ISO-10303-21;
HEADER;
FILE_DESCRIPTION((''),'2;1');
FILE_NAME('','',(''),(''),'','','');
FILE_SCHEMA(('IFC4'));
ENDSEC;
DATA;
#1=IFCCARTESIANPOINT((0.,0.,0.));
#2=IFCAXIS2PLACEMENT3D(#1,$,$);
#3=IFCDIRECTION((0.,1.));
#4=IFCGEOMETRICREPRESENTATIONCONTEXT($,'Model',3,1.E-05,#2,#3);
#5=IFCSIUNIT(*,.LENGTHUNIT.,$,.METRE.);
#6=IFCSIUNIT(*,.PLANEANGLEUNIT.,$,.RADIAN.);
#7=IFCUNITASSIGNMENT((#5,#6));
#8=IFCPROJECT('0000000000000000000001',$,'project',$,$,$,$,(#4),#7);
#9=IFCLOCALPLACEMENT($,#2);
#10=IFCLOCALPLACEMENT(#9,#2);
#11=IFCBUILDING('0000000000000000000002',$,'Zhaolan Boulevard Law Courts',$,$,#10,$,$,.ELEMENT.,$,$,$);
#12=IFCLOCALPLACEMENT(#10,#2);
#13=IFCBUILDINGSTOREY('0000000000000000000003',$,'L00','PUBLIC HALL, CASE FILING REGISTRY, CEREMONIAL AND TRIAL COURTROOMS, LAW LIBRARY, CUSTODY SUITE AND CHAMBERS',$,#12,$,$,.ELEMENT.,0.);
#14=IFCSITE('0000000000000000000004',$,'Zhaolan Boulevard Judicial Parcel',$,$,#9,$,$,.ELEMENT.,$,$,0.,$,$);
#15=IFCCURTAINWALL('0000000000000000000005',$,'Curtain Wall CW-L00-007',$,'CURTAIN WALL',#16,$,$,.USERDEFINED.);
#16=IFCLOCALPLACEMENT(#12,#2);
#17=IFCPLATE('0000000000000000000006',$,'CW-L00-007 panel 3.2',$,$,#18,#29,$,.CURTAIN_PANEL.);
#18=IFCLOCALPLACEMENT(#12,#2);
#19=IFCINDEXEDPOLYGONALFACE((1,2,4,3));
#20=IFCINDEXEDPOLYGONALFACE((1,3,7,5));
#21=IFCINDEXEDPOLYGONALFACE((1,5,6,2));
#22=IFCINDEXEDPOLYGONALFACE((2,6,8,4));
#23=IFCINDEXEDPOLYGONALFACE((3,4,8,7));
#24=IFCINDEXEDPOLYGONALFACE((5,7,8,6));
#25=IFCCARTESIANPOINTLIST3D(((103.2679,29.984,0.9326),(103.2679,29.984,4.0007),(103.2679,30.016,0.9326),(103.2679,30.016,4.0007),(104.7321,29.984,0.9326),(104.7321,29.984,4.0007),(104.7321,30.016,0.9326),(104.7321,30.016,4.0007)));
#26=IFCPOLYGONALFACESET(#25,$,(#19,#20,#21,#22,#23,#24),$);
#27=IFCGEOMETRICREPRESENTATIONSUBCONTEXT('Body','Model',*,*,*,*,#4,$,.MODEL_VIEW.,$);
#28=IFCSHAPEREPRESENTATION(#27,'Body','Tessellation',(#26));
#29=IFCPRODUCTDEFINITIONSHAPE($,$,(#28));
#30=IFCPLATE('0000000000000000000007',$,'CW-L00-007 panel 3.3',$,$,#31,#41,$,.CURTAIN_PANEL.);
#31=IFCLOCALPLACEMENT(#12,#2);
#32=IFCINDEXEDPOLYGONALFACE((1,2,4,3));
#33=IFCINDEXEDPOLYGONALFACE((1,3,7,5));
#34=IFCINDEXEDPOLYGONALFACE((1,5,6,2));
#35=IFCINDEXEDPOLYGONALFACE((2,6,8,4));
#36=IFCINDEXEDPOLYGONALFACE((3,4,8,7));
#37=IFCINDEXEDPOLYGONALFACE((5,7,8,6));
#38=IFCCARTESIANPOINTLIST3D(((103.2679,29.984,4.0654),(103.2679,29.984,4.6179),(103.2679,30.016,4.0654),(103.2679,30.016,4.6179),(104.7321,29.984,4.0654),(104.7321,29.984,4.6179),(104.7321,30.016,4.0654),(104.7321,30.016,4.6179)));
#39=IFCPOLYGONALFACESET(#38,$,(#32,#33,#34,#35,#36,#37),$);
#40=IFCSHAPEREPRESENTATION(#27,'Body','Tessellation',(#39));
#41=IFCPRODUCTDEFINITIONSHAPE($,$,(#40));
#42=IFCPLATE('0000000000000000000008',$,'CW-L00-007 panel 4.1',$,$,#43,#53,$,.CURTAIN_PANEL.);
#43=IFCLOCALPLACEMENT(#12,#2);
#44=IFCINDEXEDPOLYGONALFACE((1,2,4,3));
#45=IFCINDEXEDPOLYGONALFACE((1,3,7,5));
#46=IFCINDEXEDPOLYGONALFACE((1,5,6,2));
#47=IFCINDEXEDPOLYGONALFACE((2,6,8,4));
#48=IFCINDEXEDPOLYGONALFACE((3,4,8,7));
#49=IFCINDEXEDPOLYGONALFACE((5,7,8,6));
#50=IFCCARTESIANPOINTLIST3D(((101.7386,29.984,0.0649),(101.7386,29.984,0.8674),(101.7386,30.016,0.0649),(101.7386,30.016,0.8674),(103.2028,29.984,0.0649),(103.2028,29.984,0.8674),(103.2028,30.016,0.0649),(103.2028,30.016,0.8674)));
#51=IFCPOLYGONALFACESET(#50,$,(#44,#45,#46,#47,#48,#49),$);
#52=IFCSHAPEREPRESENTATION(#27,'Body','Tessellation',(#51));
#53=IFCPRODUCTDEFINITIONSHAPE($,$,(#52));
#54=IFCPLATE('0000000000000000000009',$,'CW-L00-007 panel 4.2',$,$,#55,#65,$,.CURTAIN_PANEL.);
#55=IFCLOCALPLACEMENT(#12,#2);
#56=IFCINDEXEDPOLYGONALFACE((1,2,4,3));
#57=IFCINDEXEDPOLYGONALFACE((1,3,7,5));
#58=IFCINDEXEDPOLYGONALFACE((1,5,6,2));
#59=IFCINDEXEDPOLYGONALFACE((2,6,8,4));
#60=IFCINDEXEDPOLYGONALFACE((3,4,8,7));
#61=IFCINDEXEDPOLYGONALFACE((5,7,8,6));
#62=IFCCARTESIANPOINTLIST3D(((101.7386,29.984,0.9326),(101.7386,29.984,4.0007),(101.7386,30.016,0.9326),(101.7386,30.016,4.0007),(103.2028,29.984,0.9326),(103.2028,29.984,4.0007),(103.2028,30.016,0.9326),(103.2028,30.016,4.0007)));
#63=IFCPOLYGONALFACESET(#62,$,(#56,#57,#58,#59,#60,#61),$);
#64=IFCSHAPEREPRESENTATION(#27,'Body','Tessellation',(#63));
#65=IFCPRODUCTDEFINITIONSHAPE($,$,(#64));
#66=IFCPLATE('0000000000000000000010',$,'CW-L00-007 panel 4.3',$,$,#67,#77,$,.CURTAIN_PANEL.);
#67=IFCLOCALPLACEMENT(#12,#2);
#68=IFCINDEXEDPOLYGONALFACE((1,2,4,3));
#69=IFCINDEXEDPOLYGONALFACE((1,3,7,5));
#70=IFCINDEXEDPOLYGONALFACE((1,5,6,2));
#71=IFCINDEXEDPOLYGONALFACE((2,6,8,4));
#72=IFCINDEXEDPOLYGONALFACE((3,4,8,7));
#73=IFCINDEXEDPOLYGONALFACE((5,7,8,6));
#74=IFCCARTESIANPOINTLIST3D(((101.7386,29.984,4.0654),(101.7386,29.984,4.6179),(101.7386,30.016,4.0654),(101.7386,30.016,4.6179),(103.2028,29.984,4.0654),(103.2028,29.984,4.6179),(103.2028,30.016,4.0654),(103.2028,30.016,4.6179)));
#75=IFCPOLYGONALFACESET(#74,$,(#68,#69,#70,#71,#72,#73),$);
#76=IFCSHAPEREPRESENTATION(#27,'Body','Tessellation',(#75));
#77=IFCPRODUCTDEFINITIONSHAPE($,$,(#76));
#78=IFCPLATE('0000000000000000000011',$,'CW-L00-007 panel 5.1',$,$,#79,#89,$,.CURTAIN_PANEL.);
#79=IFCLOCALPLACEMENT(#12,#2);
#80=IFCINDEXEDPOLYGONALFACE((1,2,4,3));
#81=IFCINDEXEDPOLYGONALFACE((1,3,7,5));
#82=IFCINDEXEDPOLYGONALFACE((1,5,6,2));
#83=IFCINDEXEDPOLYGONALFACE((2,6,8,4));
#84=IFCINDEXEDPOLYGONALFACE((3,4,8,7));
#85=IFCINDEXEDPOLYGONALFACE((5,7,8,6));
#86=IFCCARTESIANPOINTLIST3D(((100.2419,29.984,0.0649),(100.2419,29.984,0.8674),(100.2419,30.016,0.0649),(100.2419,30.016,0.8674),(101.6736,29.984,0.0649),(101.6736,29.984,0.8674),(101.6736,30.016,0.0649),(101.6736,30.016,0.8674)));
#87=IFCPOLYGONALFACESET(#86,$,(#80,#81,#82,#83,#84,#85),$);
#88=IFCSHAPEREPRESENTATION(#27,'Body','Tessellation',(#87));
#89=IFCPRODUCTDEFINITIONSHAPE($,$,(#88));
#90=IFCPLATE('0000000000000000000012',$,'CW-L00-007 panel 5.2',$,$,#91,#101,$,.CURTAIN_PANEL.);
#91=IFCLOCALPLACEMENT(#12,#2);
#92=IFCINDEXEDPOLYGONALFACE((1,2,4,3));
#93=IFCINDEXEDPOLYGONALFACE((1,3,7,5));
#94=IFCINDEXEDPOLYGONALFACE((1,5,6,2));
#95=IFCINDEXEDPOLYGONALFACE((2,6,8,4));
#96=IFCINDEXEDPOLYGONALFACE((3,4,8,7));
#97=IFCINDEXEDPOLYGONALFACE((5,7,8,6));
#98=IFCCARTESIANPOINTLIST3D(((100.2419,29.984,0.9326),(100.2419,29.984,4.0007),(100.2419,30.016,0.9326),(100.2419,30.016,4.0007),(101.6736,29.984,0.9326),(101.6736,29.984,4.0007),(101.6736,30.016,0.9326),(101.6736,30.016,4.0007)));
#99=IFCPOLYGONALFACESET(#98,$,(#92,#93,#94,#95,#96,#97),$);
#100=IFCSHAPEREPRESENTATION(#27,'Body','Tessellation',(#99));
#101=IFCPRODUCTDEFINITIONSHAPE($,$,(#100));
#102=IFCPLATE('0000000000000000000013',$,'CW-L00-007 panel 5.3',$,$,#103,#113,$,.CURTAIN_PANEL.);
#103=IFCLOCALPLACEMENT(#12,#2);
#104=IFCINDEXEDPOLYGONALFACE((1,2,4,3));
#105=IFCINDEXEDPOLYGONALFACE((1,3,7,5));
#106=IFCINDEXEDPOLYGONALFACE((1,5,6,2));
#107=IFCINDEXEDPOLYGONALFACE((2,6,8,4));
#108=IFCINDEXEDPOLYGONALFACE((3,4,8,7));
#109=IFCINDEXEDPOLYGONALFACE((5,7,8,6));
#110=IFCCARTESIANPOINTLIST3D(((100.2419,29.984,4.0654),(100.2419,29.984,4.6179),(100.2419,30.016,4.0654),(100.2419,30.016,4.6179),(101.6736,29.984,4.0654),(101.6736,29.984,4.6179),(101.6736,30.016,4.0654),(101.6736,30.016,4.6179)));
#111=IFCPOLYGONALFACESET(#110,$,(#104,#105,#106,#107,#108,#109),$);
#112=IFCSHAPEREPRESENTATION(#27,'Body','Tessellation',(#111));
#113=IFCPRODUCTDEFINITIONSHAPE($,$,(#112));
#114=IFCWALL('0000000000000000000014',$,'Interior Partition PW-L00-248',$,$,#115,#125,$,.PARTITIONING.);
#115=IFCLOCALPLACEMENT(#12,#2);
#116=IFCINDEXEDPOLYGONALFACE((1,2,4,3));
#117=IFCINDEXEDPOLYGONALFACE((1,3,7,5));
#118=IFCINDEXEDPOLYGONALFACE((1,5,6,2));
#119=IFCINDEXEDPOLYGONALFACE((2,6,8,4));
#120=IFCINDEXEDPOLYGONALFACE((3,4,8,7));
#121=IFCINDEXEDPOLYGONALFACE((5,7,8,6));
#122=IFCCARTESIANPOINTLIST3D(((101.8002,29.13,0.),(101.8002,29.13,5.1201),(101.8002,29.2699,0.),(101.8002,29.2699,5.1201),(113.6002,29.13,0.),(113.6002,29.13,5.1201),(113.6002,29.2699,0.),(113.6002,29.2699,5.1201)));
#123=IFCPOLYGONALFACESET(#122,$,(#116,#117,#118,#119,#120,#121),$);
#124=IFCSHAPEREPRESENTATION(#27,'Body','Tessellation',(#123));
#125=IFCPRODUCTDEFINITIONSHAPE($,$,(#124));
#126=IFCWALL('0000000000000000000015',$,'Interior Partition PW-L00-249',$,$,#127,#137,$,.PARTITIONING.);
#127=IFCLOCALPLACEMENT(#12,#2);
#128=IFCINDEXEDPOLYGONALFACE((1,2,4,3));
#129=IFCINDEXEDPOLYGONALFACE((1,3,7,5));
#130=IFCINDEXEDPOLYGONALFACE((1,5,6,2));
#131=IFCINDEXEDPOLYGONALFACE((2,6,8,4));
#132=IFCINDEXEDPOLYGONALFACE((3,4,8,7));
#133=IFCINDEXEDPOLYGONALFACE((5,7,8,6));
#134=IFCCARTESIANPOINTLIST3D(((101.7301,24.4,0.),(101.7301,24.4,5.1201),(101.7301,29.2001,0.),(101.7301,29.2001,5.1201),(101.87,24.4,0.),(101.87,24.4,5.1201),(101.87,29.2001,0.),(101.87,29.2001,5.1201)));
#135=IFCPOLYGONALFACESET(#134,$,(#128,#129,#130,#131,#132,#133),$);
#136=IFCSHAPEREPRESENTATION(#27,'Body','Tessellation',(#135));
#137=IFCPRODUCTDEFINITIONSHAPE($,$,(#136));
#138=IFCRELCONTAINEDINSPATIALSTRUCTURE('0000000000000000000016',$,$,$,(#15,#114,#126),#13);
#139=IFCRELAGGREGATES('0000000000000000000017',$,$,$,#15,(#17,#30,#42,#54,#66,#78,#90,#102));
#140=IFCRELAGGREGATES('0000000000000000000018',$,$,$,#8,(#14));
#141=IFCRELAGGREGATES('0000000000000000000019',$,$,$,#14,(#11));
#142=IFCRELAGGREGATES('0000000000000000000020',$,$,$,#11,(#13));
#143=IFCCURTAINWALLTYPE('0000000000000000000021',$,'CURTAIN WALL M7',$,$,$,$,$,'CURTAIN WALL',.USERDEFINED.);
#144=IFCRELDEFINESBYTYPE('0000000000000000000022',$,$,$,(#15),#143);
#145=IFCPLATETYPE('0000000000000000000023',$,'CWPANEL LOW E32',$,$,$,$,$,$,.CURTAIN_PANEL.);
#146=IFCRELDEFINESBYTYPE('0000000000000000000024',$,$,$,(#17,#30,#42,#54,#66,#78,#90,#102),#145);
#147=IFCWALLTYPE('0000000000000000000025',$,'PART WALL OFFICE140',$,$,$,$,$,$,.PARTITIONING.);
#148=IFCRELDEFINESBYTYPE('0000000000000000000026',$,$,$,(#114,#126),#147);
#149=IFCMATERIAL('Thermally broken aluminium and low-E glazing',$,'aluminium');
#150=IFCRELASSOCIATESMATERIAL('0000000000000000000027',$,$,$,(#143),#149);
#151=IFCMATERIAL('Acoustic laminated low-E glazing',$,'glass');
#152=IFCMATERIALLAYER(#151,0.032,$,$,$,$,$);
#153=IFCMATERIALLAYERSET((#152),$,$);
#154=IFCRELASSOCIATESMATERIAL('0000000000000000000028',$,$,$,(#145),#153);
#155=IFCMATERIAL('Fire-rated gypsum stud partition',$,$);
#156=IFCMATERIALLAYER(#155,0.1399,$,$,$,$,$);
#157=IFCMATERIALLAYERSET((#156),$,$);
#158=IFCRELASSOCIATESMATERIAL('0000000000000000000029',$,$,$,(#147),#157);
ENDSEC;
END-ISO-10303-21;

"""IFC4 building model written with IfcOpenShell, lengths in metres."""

from ifc_helpers import new_model, si_unit, direction, frame, frame_2d, origin, origin_2d, place, context, subcontext, project, spatial, rectangle, extrude, material, layer, layer_set, type_object, element, aggregate, save


model = new_model("IFC4")

# Units and contexts
model_context = context("Model", 3, precision=1e-05, world=origin(), true_north=direction((0.0, 1.0)))
body_context = subcontext(model_context, "Body", "Model", "MODEL_VIEW")
ifc_project = project(units=[si_unit("LENGTHUNIT", "METRE"), si_unit("PLANEANGLEUNIT", "RADIAN")], contexts=[model_context])

# Site, building, storey
site_placement = place(None, origin())
site = spatial("IfcSite", under=ifc_project, at=site_placement, Name="Zhaolan Boulevard Judicial Parcel", CompositionType="ELEMENT", RefElevation=0.0)
building_placement = place(site_placement, origin())
building = spatial("IfcBuilding", under=site, at=building_placement, Name="Zhaolan Boulevard Law Courts", CompositionType="ELEMENT")
storey_placement = place(building_placement, origin())
storey = spatial("IfcBuildingStorey", under=building, at=storey_placement, Name="L00", Description="PUBLIC HALL, CASE FILING REGISTRY, CEREMONIAL AND TRIAL COURTROOMS, LAW LIBRARY, CUSTODY SUITE AND CHAMBERS", CompositionType="ELEMENT", Elevation=0.0)

# Curtain wall, plates
ifc_material_1 = material(Name="Thermally broken aluminium and low-E glazing", Category="aluminium")
curtain_wall_type = type_object("IfcCurtainWallType", Name="CURTAIN WALL M7", ElementType="CURTAIN WALL", PredefinedType="USERDEFINED", material=ifc_material_1)
curtain_wall_placement = place(storey_placement, origin())
curtain_wall = element("IfcCurtainWall", 1, at=curtain_wall_placement, inside=storey, type_object=curtain_wall_type, Name="Curtain Wall CW-L00-007", ObjectType="CURTAIN WALL", PredefinedType="USERDEFINED")
ifc_material_2 = material(Name="Acoustic laminated low-E glazing", Category="glass")
ifc_layer_1 = layer(ifc_material_2, 0.032)
ifc_layer_set_1 = layer_set([ifc_layer_1])
plate_type = type_object("IfcPlateType", Name="CWPANEL LOW E32", PredefinedType="CURTAIN_PANEL", material=ifc_layer_set_1)
plate_1_placement = place(storey_placement, frame((104.0, 30.0, 0.9326), z_axis=(0.0, 0.0, 1.0), x_axis=(-1.0, 0.0, 0.0)))
plate_1 = element("IfcPlate", 2, at=plate_1_placement, type_object=plate_type, Name="CW-L00-007 panel 3.2", PredefinedType="CURTAIN_PANEL", context=body_context, shape_type="SweptSolid", body=[
    extrude(rectangle(XDim=1.4641, YDim=0.032, at=origin_2d()), origin(), (0.0, 0.0, 1.0), 3.0681),
])
plate_2_placement = place(storey_placement, frame((104.0, 30.0, 4.0654), z_axis=(0.0, 0.0, 1.0), x_axis=(-1.0, 0.0, 0.0)))
plate_2 = element("IfcPlate", 3, at=plate_2_placement, type_object=plate_type, Name="CW-L00-007 panel 3.3", PredefinedType="CURTAIN_PANEL", context=body_context, shape_type="SweptSolid", body=[
    extrude(rectangle(XDim=1.4641, YDim=0.032, at=origin_2d()), origin(), (0.0, 0.0, 1.0), 0.5525),
])
plate_3_placement = place(storey_placement, frame((102.4707, 30.0, 0.0649), z_axis=(0.0, 0.0, 1.0), x_axis=(-1.0, 0.0, 0.0)))
plate_3 = element("IfcPlate", 4, at=plate_3_placement, type_object=plate_type, Name="CW-L00-007 panel 4.1", PredefinedType="CURTAIN_PANEL", context=body_context, shape_type="SweptSolid", body=[
    extrude(rectangle(XDim=1.4641, YDim=0.032, at=origin_2d()), origin(), (0.0, 0.0, 1.0), 0.8025),
])
plate_4_placement = place(storey_placement, frame((102.4707, 30.0, 0.9326), z_axis=(0.0, 0.0, 1.0), x_axis=(-1.0, 0.0, 0.0)))
plate_4 = element("IfcPlate", 5, at=plate_4_placement, type_object=plate_type, Name="CW-L00-007 panel 4.2", PredefinedType="CURTAIN_PANEL", context=body_context, shape_type="SweptSolid", body=[
    extrude(rectangle(XDim=1.4641, YDim=0.032, at=origin_2d()), origin(), (0.0, 0.0, 1.0), 3.0681),
])
plate_5_placement = place(storey_placement, frame((102.4707, 30.0, 4.0654), z_axis=(0.0, 0.0, 1.0), x_axis=(-1.0, 0.0, 0.0)))
plate_5 = element("IfcPlate", 6, at=plate_5_placement, type_object=plate_type, Name="CW-L00-007 panel 4.3", PredefinedType="CURTAIN_PANEL", context=body_context, shape_type="SweptSolid", body=[
    extrude(rectangle(XDim=1.4641, YDim=0.032, at=origin_2d()), origin(), (0.0, 0.0, 1.0), 0.5525),
])
plate_6_placement = place(storey_placement, frame((100.9578, 30.0, 0.0649), z_axis=(0.0, 0.0, 1.0), x_axis=(-1.0, 0.0, 0.0)))
plate_6 = element("IfcPlate", 7, at=plate_6_placement, type_object=plate_type, Name="CW-L00-007 panel 5.1", PredefinedType="CURTAIN_PANEL", context=body_context, shape_type="SweptSolid", body=[
    extrude(rectangle(XDim=1.4316, YDim=0.032, at=origin_2d()), origin(), (0.0, 0.0, 1.0), 0.8025),
])
plate_7_placement = place(storey_placement, frame((100.9578, 30.0, 0.9326), z_axis=(0.0, 0.0, 1.0), x_axis=(-1.0, 0.0, 0.0)))
plate_7 = element("IfcPlate", 8, at=plate_7_placement, type_object=plate_type, Name="CW-L00-007 panel 5.2", PredefinedType="CURTAIN_PANEL", context=body_context, shape_type="SweptSolid", body=[
    extrude(rectangle(XDim=1.4316, YDim=0.032, at=origin_2d()), origin(), (0.0, 0.0, 1.0), 3.0681),
])
plate_8_placement = place(storey_placement, frame((100.9578, 30.0, 4.0654), z_axis=(0.0, 0.0, 1.0), x_axis=(-1.0, 0.0, 0.0)))
plate_8 = element("IfcPlate", 9, at=plate_8_placement, type_object=plate_type, Name="CW-L00-007 panel 5.3", PredefinedType="CURTAIN_PANEL", context=body_context, shape_type="SweptSolid", body=[
    extrude(rectangle(XDim=1.4316, YDim=0.032, at=origin_2d()), origin(), (0.0, 0.0, 1.0), 0.5525),
])
aggregate(curtain_wall, [plate_1, plate_2, plate_3, plate_4, plate_5, plate_6, plate_7, plate_8])

# Walls
ifc_material_3 = material(Name="Fire-rated gypsum stud partition")
ifc_layer_2 = layer(ifc_material_3, 0.1399)
ifc_layer_set_2 = layer_set([ifc_layer_2])
wall_type = type_object("IfcWallType", Name="PART WALL OFFICE140", PredefinedType="PARTITIONING", material=ifc_layer_set_2)
wall_1_placement = place(storey_placement, frame((113.6001, 29.2, 0.0), z_axis=(0.0, 0.0, 1.0), x_axis=(-1.0, 0.0, 0.0)))
element("IfcWall", 10, at=wall_1_placement, inside=storey, type_object=wall_type, Name="Interior Partition PW-L00-248", PredefinedType="PARTITIONING", context=body_context, shape_type="SweptSolid", body=[
    extrude(rectangle(XDim=11.8, YDim=0.1399, at=frame_2d((5.8999, 0.0))), origin(), (0.0, 0.0, 1.0), 5.1201),
])
wall_2_placement = place(storey_placement, frame((101.8, 29.2, 0.0), z_axis=(0.0, 0.0, 1.0), x_axis=(0.0, -1.0, 0.0)))
element("IfcWall", 11, at=wall_2_placement, inside=storey, type_object=wall_type, Name="Interior Partition PW-L00-249", PredefinedType="PARTITIONING", context=body_context, shape_type="SweptSolid", body=[
    extrude(rectangle(XDim=4.8, YDim=0.1399, at=frame_2d((2.3999, 0.0))), origin(), (0.0, 0.0, 1.0), 5.1201),
])

save(model, "model.ifc")
